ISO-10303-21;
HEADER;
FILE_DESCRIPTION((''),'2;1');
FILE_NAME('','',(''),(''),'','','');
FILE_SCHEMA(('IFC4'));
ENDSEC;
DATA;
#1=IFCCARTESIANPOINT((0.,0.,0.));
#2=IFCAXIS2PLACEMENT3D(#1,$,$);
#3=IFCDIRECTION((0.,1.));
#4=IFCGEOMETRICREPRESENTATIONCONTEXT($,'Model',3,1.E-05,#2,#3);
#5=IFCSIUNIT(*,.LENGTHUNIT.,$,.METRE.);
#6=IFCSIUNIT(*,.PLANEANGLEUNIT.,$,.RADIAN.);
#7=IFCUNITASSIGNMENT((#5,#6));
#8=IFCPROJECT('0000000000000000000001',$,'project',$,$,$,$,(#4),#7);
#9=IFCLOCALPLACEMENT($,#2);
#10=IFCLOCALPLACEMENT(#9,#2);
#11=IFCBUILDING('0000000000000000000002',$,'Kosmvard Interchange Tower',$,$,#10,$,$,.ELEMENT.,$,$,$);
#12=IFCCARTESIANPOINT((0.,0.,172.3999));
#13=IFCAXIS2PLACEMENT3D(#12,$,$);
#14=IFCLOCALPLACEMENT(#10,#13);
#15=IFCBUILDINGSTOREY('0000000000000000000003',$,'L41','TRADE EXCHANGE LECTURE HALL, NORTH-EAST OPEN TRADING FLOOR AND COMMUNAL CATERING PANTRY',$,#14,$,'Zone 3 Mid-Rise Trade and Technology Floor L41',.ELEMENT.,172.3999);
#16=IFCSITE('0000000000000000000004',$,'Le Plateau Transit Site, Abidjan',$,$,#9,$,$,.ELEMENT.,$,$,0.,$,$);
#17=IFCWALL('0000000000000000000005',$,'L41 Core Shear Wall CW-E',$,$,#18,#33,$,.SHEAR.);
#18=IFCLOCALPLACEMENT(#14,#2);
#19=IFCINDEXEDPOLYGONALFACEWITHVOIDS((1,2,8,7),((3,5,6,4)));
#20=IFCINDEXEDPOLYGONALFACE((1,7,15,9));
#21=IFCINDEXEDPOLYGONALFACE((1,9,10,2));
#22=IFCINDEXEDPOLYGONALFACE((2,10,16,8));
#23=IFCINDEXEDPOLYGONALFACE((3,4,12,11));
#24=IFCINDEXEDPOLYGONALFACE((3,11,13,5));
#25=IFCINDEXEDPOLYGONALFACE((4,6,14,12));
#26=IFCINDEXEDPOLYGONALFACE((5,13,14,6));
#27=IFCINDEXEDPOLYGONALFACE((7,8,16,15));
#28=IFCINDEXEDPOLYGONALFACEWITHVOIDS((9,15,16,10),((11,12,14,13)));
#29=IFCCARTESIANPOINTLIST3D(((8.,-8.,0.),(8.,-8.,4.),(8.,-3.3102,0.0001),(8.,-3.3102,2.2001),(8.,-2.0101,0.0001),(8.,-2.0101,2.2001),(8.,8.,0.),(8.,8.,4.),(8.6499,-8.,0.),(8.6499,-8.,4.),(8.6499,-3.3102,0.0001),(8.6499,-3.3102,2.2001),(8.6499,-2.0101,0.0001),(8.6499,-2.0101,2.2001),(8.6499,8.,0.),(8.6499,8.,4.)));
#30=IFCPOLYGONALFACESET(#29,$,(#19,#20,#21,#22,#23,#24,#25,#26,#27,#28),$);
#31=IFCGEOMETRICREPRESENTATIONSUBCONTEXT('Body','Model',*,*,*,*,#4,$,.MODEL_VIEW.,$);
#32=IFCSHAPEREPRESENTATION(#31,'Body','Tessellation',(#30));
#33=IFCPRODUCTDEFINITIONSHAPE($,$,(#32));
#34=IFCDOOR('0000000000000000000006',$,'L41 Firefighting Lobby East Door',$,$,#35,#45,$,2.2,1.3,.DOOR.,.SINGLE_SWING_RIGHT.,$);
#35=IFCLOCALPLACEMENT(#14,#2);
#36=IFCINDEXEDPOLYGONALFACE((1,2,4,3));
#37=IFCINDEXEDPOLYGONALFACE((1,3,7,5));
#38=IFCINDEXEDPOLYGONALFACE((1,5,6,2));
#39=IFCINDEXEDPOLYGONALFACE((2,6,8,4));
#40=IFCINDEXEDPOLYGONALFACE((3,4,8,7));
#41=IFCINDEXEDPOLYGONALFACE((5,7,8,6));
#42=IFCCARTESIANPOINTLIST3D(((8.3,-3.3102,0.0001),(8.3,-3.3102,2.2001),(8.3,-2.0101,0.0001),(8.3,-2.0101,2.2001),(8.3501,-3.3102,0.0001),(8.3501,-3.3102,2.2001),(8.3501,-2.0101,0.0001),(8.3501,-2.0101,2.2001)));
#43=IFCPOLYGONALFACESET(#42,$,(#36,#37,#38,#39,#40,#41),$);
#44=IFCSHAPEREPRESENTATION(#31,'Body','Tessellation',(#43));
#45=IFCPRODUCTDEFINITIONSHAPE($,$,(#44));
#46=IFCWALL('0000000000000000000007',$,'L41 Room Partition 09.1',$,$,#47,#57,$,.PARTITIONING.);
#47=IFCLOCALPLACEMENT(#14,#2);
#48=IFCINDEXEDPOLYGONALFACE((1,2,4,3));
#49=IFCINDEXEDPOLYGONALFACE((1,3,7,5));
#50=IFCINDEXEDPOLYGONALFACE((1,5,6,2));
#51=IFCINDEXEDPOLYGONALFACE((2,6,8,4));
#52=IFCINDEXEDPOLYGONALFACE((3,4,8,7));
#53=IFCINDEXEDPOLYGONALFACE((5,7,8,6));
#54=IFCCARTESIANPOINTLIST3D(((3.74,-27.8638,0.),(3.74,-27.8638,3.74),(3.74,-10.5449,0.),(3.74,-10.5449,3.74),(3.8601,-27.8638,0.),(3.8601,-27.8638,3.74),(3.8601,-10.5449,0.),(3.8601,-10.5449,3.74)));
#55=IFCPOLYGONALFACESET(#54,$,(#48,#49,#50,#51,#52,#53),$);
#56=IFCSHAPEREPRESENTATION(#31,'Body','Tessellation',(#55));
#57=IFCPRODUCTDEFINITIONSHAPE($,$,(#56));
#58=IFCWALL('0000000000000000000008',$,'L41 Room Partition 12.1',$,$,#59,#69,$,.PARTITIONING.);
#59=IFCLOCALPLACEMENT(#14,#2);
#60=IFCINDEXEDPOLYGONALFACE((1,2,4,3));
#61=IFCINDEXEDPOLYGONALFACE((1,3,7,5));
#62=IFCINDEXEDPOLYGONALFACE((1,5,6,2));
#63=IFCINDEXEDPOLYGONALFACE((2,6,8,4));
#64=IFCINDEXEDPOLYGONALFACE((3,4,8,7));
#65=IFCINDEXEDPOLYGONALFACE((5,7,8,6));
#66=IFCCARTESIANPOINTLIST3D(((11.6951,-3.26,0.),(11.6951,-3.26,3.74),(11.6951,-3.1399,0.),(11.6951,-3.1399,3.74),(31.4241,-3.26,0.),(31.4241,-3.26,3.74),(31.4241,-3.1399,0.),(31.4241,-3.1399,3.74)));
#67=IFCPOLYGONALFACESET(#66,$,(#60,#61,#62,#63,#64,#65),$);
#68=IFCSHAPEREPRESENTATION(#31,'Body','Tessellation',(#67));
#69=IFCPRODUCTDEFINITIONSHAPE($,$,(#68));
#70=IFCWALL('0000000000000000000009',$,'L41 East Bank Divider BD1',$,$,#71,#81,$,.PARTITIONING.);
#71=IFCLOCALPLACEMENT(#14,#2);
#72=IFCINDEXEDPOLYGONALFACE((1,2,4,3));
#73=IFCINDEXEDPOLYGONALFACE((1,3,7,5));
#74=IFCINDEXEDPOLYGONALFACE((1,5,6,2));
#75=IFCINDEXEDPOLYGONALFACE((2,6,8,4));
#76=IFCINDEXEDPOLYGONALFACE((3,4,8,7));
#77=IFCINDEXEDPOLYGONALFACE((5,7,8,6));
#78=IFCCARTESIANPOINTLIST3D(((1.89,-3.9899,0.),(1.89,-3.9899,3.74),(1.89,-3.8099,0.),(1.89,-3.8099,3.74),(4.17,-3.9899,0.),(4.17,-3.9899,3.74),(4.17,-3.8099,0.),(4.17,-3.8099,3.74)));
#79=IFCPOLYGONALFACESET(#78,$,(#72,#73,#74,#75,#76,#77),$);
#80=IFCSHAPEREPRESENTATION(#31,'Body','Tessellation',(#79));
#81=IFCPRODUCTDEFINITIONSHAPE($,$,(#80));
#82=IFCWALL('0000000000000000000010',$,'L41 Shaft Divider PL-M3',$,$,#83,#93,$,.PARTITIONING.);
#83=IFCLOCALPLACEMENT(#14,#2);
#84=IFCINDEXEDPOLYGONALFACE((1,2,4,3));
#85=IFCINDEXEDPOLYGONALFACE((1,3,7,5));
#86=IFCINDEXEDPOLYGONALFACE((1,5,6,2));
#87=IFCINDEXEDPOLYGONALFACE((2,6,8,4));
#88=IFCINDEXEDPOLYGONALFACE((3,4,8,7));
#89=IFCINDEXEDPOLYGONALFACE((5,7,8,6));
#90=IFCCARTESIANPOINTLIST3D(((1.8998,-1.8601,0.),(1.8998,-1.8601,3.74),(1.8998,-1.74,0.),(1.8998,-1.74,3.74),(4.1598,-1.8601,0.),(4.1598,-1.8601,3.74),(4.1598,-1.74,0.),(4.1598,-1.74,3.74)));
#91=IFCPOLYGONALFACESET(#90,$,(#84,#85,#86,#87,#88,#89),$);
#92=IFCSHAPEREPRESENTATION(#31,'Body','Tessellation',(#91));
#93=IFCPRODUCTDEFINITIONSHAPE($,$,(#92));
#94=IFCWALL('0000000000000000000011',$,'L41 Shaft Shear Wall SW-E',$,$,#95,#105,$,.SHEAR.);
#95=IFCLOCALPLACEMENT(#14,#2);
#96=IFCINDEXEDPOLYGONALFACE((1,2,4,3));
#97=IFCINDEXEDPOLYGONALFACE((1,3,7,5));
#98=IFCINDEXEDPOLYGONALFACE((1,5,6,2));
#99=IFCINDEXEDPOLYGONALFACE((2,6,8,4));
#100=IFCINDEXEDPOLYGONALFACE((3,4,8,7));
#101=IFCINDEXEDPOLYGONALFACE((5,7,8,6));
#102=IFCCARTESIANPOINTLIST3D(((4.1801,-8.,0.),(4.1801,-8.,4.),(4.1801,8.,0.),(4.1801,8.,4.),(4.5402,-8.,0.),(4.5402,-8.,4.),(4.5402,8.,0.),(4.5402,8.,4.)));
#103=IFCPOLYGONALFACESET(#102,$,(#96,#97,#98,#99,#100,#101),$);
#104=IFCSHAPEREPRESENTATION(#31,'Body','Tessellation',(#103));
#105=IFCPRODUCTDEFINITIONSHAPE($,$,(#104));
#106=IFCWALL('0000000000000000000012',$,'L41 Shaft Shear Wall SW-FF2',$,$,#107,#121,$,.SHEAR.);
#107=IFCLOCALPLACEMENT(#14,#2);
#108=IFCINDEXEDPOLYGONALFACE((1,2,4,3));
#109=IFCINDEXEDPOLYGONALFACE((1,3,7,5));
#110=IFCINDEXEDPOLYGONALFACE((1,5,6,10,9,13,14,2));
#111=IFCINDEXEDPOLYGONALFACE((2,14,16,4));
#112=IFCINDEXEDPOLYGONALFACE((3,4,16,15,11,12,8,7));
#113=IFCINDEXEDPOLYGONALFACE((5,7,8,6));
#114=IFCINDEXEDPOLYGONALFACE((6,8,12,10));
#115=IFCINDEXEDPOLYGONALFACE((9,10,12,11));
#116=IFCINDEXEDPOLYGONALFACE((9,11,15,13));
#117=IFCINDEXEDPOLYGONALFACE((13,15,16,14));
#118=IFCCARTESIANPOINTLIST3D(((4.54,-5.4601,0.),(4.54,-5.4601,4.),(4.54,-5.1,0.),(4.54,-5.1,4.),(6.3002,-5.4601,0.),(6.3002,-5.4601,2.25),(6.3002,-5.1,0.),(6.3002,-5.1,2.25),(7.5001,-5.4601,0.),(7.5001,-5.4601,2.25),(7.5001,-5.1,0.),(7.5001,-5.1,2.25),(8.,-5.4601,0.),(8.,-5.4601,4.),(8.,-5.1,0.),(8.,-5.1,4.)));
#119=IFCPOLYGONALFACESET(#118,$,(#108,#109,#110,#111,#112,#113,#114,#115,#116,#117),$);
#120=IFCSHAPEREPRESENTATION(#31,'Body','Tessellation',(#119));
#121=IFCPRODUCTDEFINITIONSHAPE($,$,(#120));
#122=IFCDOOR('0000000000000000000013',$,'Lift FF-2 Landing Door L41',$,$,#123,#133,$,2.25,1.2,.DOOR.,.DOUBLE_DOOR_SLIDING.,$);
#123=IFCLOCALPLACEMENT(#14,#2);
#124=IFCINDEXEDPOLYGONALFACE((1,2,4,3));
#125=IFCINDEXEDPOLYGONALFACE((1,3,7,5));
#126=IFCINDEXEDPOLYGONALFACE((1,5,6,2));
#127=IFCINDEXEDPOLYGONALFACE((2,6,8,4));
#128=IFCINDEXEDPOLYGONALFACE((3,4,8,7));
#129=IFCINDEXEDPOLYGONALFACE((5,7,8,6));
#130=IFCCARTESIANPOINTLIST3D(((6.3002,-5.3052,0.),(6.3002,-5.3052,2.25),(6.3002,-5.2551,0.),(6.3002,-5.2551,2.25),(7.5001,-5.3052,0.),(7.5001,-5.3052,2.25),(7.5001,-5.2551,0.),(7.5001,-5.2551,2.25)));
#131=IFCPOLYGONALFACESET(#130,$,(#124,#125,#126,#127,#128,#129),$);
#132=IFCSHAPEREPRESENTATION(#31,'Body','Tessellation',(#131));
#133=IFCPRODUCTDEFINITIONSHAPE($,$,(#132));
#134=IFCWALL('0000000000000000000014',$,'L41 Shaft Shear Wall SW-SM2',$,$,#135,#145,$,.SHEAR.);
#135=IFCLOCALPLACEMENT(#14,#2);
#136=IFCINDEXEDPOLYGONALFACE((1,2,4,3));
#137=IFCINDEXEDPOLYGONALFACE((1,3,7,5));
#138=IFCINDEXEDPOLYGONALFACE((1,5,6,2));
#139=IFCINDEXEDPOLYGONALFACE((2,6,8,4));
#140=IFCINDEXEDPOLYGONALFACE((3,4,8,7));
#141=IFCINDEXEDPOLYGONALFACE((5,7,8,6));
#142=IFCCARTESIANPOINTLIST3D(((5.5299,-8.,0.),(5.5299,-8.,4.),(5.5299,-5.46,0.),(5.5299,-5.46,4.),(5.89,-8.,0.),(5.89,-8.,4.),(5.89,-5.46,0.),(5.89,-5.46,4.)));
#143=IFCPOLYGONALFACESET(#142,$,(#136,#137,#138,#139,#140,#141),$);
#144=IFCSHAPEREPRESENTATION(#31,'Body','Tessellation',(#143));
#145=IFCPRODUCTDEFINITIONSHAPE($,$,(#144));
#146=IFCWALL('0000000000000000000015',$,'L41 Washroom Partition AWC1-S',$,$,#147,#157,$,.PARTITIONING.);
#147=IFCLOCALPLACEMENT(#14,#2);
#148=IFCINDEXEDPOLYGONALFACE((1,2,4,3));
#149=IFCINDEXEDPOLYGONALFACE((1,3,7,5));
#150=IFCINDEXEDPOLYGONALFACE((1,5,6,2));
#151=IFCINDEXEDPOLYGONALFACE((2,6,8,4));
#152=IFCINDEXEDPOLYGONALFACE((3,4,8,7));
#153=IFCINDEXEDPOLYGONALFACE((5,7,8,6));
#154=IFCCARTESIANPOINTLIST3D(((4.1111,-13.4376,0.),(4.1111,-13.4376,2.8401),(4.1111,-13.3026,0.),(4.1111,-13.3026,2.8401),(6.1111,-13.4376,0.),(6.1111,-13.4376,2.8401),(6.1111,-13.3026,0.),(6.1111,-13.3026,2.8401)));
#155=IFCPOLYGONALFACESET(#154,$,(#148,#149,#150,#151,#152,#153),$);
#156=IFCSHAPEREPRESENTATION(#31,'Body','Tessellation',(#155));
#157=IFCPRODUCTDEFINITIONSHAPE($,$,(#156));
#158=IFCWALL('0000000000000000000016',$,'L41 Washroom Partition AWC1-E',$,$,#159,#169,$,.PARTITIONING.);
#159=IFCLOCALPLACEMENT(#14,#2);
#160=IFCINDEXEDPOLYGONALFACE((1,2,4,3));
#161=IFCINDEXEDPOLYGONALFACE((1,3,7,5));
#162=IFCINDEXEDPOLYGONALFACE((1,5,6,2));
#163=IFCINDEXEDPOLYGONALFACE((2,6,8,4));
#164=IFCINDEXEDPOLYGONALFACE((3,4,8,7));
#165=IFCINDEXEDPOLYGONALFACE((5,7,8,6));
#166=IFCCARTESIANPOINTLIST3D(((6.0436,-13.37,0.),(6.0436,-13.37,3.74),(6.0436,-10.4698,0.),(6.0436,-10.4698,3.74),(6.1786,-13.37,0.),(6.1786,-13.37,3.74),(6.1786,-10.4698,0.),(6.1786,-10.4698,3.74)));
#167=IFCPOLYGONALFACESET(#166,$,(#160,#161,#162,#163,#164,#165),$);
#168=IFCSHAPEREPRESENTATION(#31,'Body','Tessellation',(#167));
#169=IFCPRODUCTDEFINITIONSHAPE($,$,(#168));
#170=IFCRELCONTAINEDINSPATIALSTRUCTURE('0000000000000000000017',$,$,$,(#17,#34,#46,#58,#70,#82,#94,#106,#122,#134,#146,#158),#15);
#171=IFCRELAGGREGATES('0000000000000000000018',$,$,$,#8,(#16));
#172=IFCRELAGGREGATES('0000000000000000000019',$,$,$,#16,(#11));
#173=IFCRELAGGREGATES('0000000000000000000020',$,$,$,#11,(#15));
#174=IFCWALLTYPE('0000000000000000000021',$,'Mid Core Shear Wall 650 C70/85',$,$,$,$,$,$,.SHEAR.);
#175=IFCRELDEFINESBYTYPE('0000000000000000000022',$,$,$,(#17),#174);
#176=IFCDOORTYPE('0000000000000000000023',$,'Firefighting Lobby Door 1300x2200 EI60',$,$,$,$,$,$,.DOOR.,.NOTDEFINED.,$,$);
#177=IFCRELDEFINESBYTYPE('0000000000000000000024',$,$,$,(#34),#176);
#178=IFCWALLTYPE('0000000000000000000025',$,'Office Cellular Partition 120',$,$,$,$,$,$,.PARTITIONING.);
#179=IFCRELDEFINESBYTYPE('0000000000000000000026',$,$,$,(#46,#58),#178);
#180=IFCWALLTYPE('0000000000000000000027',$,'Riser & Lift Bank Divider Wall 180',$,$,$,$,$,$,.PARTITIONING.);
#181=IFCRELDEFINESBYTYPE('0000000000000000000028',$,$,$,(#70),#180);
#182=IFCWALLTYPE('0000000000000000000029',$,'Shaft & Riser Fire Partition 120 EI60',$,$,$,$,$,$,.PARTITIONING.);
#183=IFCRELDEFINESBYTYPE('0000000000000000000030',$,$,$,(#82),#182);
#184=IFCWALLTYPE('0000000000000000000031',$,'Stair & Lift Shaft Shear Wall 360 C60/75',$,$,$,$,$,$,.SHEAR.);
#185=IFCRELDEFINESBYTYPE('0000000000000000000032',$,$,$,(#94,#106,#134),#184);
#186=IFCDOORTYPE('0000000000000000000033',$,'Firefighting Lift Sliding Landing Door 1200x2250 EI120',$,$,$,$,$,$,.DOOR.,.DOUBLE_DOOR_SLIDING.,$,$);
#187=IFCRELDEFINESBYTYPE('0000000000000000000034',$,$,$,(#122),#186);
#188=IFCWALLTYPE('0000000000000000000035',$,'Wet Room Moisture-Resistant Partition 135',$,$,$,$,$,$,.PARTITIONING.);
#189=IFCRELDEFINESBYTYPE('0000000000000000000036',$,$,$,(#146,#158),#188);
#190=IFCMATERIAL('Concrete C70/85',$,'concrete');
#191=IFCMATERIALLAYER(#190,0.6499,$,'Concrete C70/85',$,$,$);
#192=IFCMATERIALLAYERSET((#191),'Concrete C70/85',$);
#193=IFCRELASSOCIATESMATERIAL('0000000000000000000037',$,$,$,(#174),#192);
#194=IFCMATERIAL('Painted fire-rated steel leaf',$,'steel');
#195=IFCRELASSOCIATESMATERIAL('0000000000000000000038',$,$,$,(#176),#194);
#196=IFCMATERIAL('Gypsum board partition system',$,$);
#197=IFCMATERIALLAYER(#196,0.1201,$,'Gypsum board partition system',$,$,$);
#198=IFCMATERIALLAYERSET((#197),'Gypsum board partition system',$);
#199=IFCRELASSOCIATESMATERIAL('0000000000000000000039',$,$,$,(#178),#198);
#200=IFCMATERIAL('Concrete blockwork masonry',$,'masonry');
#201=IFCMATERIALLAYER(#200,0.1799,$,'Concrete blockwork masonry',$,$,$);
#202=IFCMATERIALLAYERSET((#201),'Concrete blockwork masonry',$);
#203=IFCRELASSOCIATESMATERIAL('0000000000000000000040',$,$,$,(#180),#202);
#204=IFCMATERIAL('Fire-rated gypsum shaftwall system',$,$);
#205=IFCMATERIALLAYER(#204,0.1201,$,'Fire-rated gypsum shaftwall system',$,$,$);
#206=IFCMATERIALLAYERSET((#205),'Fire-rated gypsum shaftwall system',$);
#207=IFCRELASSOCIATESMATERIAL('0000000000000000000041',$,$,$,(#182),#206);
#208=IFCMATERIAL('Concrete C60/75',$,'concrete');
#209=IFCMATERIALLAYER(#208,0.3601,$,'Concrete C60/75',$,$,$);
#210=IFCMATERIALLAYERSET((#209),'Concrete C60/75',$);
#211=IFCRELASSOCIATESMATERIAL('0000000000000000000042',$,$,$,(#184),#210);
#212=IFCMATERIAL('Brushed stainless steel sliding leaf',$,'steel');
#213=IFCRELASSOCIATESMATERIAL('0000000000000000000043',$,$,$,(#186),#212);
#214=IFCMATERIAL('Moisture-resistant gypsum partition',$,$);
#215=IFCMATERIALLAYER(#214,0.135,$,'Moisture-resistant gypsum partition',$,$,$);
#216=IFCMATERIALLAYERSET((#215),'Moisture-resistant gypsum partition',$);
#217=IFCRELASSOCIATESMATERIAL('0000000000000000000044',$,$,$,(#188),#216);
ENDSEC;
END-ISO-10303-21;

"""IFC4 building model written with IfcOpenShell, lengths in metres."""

from ifc_helpers import new_model, si_unit, direction, frame, frame_2d, origin, place, context, subcontext, project, spatial, rectangle, extrude, source, transform, mapped, material, layer, layer_set, type_object, element, fill, save


model = new_model("IFC4")

# Units and contexts
model_context = context("Model", 3, precision=1e-05, world=origin(), true_north=direction((0.0, 1.0)))
body_context = subcontext(model_context, "Body", "Model", "MODEL_VIEW")
ifc_project = project(units=[si_unit("LENGTHUNIT", "METRE"), si_unit("PLANEANGLEUNIT", "RADIAN")], contexts=[model_context])

# Site, building, storey
site_placement = place(None, origin())
site = spatial("IfcSite", under=ifc_project, at=site_placement, Name="Le Plateau Transit Site, Abidjan", CompositionType="ELEMENT", RefElevation=0.0)
building_placement = place(site_placement, origin())
building = spatial("IfcBuilding", under=site, at=building_placement, Name="Kosmvard Interchange Tower", CompositionType="ELEMENT")
storey_placement = place(building_placement, frame((0.0, 0.0, 172.3999)))
storey = spatial("IfcBuildingStorey", under=building, at=storey_placement, Name="L41", Description="TRADE EXCHANGE LECTURE HALL, NORTH-EAST OPEN TRADING FLOOR AND COMMUNAL CATERING PANTRY", LongName="Zone 3 Mid-Rise Trade and Technology Floor L41", CompositionType="ELEMENT", Elevation=172.3999)

# Shared definitions
ifc_material_1 = material(Name="Concrete C60/75", Category="concrete")

# Shared definitions
ifc_material_2 = material(Name="Painted fire-rated steel leaf", Category="steel")
ifc_material_3 = material(Name="Brushed stainless steel sliding leaf", Category="steel")

# Wall, opening, door
ifc_material_4 = material(Name="Concrete C70/85", Category="concrete")
ifc_layer_1 = layer(ifc_material_4, 0.6499, Name="Concrete C70/85")
ifc_layer_set_1 = layer_set([ifc_layer_1], Name="Concrete C70/85")
wall_type_1 = type_object("IfcWallType", Name="Mid Core Shear Wall 650 C70/85", PredefinedType="SHEAR", material=ifc_layer_set_1)
wall_1_placement = place(storey_placement, frame((8.325, -8.0, 0.0), z_axis=(0.0, 0.0, 1.0), x_axis=(0.0, 1.0, 0.0)))
wall_1 = element("IfcWall", 1, at=wall_1_placement, inside=storey, type_object=wall_type_1, Name="L41 Core Shear Wall CW-E", PredefinedType="SHEAR", context=body_context, shape_type="SweptSolid", body=[
    extrude(rectangle(XDim=16.0, YDim=0.6499, at=frame_2d((8.0, 0.0))), origin(), (0.0, 0.0, 1.0), 4.0),
])
opening_1_placement = place(wall_1_placement, frame((4.6899, 0.0, 0.0)))
opening_1 = element("IfcOpeningElement", 2, at=opening_1_placement, cuts=wall_1, PredefinedType="OPENING", context=body_context, shape_type="SweptSolid", body=[
    extrude(rectangle(XDim=1.3, YDim=2.2, at=frame_2d((0.6499, 1.1001))), frame((0.0, 0.335, 0.0), z_axis=(0.0, -1.0, 0.0), x_axis=(1.0, 0.0, 0.0)), (0.0, 0.0, 1.0), 0.6699),
])
door_type_1 = type_object("IfcDoorType", Name="Firefighting Lobby Door 1300x2200 EI60", OperationType="NOTDEFINED", PredefinedType="DOOR", material=ifc_material_2)
shared_shape_1 = source(origin(), body_context, "Body", "SweptSolid", [
    extrude(rectangle(XDim=1.3, YDim=2.2, at=frame_2d((0.6499, 1.1001))), frame((0.0, 0.0249, 0.0), z_axis=(0.0, -1.0, 0.0), x_axis=(1.0, 0.0, 0.0)), (0.0, 0.0, 1.0), 0.05),
])
door_1_placement = place(opening_1_placement, origin())
door_1 = element("IfcDoor", 3, at=door_1_placement, inside=storey, type_object=door_type_1, Name="L41 Firefighting Lobby East Door", OperationType="SINGLE_SWING_RIGHT", OverallHeight=2.2, OverallWidth=1.3, PredefinedType="DOOR", context=body_context, shape_type="MappedRepresentation", body=[
    mapped(shared_shape_1, transform((0.0, 0.0, 0.0), scale=1.0)),
])
fill(opening_1, door_1)

# Walls
ifc_material_5 = material(Name="Gypsum board partition system")
ifc_layer_2 = layer(ifc_material_5, 0.1201, Name="Gypsum board partition system")
ifc_layer_set_2 = layer_set([ifc_layer_2], Name="Gypsum board partition system")
wall_type_2 = type_object("IfcWallType", Name="Office Cellular Partition 120", PredefinedType="PARTITIONING", material=ifc_layer_set_2)
wall_2_placement = place(storey_placement, frame((3.8, -27.8638, 0.0), z_axis=(0.0, 0.0, 1.0), x_axis=(0.0, 1.0, 0.0)))
element("IfcWall", 4, at=wall_2_placement, inside=storey, type_object=wall_type_2, Name="L41 Room Partition 09.1", PredefinedType="PARTITIONING", context=body_context, shape_type="SweptSolid", body=[
    extrude(rectangle(XDim=17.3188, YDim=0.1201, at=frame_2d((8.6594, 0.0))), origin(), (0.0, 0.0, 1.0), 3.74),
])
wall_3_placement = place(storey_placement, frame((11.6951, -3.2, 0.0), z_axis=(0.0, 0.0, 1.0), x_axis=(1.0, 0.0, 0.0)))
element("IfcWall", 5, at=wall_3_placement, inside=storey, type_object=wall_type_2, Name="L41 Room Partition 12.1", PredefinedType="PARTITIONING", context=body_context, shape_type="SweptSolid", body=[
    extrude(rectangle(XDim=19.729, YDim=0.1201, at=frame_2d((9.8645, 0.0))), origin(), (0.0, 0.0, 1.0), 3.74),
])
ifc_material_6 = material(Name="Concrete blockwork masonry", Category="masonry")
ifc_layer_3 = layer(ifc_material_6, 0.1799, Name="Concrete blockwork masonry")
ifc_layer_set_3 = layer_set([ifc_layer_3], Name="Concrete blockwork masonry")
wall_type_3 = type_object("IfcWallType", Name="Riser & Lift Bank Divider Wall 180", PredefinedType="PARTITIONING", material=ifc_layer_set_3)
wall_4_placement = place(storey_placement, frame((1.8899, -3.8999, 0.0), z_axis=(0.0, 0.0, 1.0), x_axis=(1.0, 0.0, 0.0)))
element("IfcWall", 6, at=wall_4_placement, inside=storey, type_object=wall_type_3, Name="L41 East Bank Divider BD1", PredefinedType="PARTITIONING", context=body_context, shape_type="SweptSolid", body=[
    extrude(rectangle(XDim=2.28, YDim=0.1799, at=frame_2d((1.1401, 0.0))), origin(), (0.0, 0.0, 1.0), 3.74),
])
ifc_material_7 = material(Name="Fire-rated gypsum shaftwall system")
ifc_layer_4 = layer(ifc_material_7, 0.1201, Name="Fire-rated gypsum shaftwall system")
ifc_layer_set_4 = layer_set([ifc_layer_4], Name="Fire-rated gypsum shaftwall system")
wall_type_4 = type_object("IfcWallType", Name="Shaft & Riser Fire Partition 120 EI60", PredefinedType="PARTITIONING", material=ifc_layer_set_4)
wall_5_placement = place(storey_placement, frame((1.8999, -1.8, 0.0), z_axis=(0.0, 0.0, 1.0), x_axis=(1.0, 0.0, 0.0)))
element("IfcWall", 7, at=wall_5_placement, inside=storey, type_object=wall_type_4, Name="L41 Shaft Divider PL-M3", PredefinedType="PARTITIONING", context=body_context, shape_type="SweptSolid", body=[
    extrude(rectangle(XDim=2.26, YDim=0.1201, at=frame_2d((1.1299, 0.0))), origin(), (0.0, 0.0, 1.0), 3.74),
])
ifc_layer_5 = layer(ifc_material_1, 0.3601, Name="Concrete C60/75")
ifc_layer_set_5 = layer_set([ifc_layer_5], Name="Concrete C60/75")
wall_type_5 = type_object("IfcWallType", Name="Stair & Lift Shaft Shear Wall 360 C60/75", PredefinedType="SHEAR", material=ifc_layer_set_5)
wall_6_placement = place(storey_placement, frame((4.3601, -8.0, 0.0), z_axis=(0.0, 0.0, 1.0), x_axis=(0.0, 1.0, 0.0)))
element("IfcWall", 8, at=wall_6_placement, inside=storey, type_object=wall_type_5, Name="L41 Shaft Shear Wall SW-E", PredefinedType="SHEAR", context=body_context, shape_type="SweptSolid", body=[
    extrude(rectangle(XDim=16.0, YDim=0.3601, at=frame_2d((8.0, 0.0))), origin(), (0.0, 0.0, 1.0), 4.0),
])

# Wall, opening, door
wall_7_placement = place(storey_placement, frame((4.54, -5.28, 0.0), z_axis=(0.0, 0.0, 1.0), x_axis=(1.0, 0.0, 0.0)))
wall_7 = element("IfcWall", 9, at=wall_7_placement, inside=storey, type_object=wall_type_5, Name="L41 Shaft Shear Wall SW-FF2", PredefinedType="SHEAR", context=body_context, shape_type="SweptSolid", body=[
    extrude(rectangle(XDim=3.46, YDim=0.3601, at=frame_2d((1.73, 0.0))), origin(), (0.0, 0.0, 1.0), 4.0),
])
opening_2_placement = place(wall_7_placement, frame((1.76, 0.0, 0.0)))
opening_2 = element("IfcOpeningElement", 10, at=opening_2_placement, cuts=wall_7, PredefinedType="OPENING", context=body_context, shape_type="SweptSolid", body=[
    extrude(rectangle(XDim=1.2, YDim=2.25, at=frame_2d((0.6001, 1.125))), frame((0.0, 0.1899, 0.0), z_axis=(0.0, -1.0, 0.0), x_axis=(1.0, 0.0, 0.0)), (0.0, 0.0, 1.0), 0.3801),
])
door_type_2 = type_object("IfcDoorType", Name="Firefighting Lift Sliding Landing Door 1200x2250 EI120", OperationType="DOUBLE_DOOR_SLIDING", PredefinedType="DOOR", material=ifc_material_3)
shared_shape_2 = source(origin(), body_context, "Body", "SweptSolid", [
    extrude(rectangle(XDim=1.2, YDim=2.25, at=frame_2d((0.6001, 1.125))), frame((0.0, 0.0249, 0.0), z_axis=(0.0, -1.0, 0.0), x_axis=(1.0, 0.0, 0.0)), (0.0, 0.0, 1.0), 0.05),
])
door_2_placement = place(opening_2_placement, origin())
door_2 = element("IfcDoor", 11, at=door_2_placement, inside=storey, type_object=door_type_2, Name="Lift FF-2 Landing Door L41", OperationType="DOUBLE_DOOR_SLIDING", OverallHeight=2.25, OverallWidth=1.2, PredefinedType="DOOR", context=body_context, shape_type="MappedRepresentation", body=[
    mapped(shared_shape_2, transform((0.0, 0.0, 0.0), scale=1.0)),
])
fill(opening_2, door_2)

# Walls
wall_8_placement = place(storey_placement, frame((5.71, -8.0, 0.0), z_axis=(0.0, 0.0, 1.0), x_axis=(0.0, 1.0, 0.0)))
element("IfcWall", 12, at=wall_8_placement, inside=storey, type_object=wall_type_5, Name="L41 Shaft Shear Wall SW-SM2", PredefinedType="SHEAR", context=body_context, shape_type="SweptSolid", body=[
    extrude(rectangle(XDim=2.54, YDim=0.3601, at=frame_2d((1.27, 0.0))), origin(), (0.0, 0.0, 1.0), 4.0),
])
ifc_material_8 = material(Name="Moisture-resistant gypsum partition")
ifc_layer_6 = layer(ifc_material_8, 0.135, Name="Moisture-resistant gypsum partition")
ifc_layer_set_6 = layer_set([ifc_layer_6], Name="Moisture-resistant gypsum partition")
wall_type_6 = type_object("IfcWallType", Name="Wet Room Moisture-Resistant Partition 135", PredefinedType="PARTITIONING", material=ifc_layer_set_6)
wall_9_placement = place(storey_placement, frame((4.1111, -13.3701, 0.0), z_axis=(0.0, 0.0, 1.0), x_axis=(1.0, 0.0, 0.0)))
element("IfcWall", 13, at=wall_9_placement, inside=storey, type_object=wall_type_6, Name="L41 Washroom Partition AWC1-S", PredefinedType="PARTITIONING", context=body_context, shape_type="SweptSolid", body=[
    extrude(rectangle(XDim=2.0, YDim=0.135, at=frame_2d((1.0, 0.0))), origin(), (0.0, 0.0, 1.0), 2.8401),
])
for number, where, z_axis, x_axis, name in (
    (14, (6.1111, -13.3701, 0.0), (0.0, 0.0, 1.0), (0.0, 1.0, 0.0), "L41 Washroom Partition AWC1-E"),
):
    element("IfcWall", number, at=place(storey_placement, frame(where, z_axis=z_axis, x_axis=x_axis)), inside=storey, type_object=wall_type_6, Name=name, PredefinedType="PARTITIONING", context=body_context, shape_type="SweptSolid", body=[
        extrude(rectangle(XDim=2.9001, YDim=0.135, at=frame_2d((1.4502, 0.0))), origin(), (0.0, 0.0, 1.0), 3.74),
    ])

save(model, "model.ifc")
